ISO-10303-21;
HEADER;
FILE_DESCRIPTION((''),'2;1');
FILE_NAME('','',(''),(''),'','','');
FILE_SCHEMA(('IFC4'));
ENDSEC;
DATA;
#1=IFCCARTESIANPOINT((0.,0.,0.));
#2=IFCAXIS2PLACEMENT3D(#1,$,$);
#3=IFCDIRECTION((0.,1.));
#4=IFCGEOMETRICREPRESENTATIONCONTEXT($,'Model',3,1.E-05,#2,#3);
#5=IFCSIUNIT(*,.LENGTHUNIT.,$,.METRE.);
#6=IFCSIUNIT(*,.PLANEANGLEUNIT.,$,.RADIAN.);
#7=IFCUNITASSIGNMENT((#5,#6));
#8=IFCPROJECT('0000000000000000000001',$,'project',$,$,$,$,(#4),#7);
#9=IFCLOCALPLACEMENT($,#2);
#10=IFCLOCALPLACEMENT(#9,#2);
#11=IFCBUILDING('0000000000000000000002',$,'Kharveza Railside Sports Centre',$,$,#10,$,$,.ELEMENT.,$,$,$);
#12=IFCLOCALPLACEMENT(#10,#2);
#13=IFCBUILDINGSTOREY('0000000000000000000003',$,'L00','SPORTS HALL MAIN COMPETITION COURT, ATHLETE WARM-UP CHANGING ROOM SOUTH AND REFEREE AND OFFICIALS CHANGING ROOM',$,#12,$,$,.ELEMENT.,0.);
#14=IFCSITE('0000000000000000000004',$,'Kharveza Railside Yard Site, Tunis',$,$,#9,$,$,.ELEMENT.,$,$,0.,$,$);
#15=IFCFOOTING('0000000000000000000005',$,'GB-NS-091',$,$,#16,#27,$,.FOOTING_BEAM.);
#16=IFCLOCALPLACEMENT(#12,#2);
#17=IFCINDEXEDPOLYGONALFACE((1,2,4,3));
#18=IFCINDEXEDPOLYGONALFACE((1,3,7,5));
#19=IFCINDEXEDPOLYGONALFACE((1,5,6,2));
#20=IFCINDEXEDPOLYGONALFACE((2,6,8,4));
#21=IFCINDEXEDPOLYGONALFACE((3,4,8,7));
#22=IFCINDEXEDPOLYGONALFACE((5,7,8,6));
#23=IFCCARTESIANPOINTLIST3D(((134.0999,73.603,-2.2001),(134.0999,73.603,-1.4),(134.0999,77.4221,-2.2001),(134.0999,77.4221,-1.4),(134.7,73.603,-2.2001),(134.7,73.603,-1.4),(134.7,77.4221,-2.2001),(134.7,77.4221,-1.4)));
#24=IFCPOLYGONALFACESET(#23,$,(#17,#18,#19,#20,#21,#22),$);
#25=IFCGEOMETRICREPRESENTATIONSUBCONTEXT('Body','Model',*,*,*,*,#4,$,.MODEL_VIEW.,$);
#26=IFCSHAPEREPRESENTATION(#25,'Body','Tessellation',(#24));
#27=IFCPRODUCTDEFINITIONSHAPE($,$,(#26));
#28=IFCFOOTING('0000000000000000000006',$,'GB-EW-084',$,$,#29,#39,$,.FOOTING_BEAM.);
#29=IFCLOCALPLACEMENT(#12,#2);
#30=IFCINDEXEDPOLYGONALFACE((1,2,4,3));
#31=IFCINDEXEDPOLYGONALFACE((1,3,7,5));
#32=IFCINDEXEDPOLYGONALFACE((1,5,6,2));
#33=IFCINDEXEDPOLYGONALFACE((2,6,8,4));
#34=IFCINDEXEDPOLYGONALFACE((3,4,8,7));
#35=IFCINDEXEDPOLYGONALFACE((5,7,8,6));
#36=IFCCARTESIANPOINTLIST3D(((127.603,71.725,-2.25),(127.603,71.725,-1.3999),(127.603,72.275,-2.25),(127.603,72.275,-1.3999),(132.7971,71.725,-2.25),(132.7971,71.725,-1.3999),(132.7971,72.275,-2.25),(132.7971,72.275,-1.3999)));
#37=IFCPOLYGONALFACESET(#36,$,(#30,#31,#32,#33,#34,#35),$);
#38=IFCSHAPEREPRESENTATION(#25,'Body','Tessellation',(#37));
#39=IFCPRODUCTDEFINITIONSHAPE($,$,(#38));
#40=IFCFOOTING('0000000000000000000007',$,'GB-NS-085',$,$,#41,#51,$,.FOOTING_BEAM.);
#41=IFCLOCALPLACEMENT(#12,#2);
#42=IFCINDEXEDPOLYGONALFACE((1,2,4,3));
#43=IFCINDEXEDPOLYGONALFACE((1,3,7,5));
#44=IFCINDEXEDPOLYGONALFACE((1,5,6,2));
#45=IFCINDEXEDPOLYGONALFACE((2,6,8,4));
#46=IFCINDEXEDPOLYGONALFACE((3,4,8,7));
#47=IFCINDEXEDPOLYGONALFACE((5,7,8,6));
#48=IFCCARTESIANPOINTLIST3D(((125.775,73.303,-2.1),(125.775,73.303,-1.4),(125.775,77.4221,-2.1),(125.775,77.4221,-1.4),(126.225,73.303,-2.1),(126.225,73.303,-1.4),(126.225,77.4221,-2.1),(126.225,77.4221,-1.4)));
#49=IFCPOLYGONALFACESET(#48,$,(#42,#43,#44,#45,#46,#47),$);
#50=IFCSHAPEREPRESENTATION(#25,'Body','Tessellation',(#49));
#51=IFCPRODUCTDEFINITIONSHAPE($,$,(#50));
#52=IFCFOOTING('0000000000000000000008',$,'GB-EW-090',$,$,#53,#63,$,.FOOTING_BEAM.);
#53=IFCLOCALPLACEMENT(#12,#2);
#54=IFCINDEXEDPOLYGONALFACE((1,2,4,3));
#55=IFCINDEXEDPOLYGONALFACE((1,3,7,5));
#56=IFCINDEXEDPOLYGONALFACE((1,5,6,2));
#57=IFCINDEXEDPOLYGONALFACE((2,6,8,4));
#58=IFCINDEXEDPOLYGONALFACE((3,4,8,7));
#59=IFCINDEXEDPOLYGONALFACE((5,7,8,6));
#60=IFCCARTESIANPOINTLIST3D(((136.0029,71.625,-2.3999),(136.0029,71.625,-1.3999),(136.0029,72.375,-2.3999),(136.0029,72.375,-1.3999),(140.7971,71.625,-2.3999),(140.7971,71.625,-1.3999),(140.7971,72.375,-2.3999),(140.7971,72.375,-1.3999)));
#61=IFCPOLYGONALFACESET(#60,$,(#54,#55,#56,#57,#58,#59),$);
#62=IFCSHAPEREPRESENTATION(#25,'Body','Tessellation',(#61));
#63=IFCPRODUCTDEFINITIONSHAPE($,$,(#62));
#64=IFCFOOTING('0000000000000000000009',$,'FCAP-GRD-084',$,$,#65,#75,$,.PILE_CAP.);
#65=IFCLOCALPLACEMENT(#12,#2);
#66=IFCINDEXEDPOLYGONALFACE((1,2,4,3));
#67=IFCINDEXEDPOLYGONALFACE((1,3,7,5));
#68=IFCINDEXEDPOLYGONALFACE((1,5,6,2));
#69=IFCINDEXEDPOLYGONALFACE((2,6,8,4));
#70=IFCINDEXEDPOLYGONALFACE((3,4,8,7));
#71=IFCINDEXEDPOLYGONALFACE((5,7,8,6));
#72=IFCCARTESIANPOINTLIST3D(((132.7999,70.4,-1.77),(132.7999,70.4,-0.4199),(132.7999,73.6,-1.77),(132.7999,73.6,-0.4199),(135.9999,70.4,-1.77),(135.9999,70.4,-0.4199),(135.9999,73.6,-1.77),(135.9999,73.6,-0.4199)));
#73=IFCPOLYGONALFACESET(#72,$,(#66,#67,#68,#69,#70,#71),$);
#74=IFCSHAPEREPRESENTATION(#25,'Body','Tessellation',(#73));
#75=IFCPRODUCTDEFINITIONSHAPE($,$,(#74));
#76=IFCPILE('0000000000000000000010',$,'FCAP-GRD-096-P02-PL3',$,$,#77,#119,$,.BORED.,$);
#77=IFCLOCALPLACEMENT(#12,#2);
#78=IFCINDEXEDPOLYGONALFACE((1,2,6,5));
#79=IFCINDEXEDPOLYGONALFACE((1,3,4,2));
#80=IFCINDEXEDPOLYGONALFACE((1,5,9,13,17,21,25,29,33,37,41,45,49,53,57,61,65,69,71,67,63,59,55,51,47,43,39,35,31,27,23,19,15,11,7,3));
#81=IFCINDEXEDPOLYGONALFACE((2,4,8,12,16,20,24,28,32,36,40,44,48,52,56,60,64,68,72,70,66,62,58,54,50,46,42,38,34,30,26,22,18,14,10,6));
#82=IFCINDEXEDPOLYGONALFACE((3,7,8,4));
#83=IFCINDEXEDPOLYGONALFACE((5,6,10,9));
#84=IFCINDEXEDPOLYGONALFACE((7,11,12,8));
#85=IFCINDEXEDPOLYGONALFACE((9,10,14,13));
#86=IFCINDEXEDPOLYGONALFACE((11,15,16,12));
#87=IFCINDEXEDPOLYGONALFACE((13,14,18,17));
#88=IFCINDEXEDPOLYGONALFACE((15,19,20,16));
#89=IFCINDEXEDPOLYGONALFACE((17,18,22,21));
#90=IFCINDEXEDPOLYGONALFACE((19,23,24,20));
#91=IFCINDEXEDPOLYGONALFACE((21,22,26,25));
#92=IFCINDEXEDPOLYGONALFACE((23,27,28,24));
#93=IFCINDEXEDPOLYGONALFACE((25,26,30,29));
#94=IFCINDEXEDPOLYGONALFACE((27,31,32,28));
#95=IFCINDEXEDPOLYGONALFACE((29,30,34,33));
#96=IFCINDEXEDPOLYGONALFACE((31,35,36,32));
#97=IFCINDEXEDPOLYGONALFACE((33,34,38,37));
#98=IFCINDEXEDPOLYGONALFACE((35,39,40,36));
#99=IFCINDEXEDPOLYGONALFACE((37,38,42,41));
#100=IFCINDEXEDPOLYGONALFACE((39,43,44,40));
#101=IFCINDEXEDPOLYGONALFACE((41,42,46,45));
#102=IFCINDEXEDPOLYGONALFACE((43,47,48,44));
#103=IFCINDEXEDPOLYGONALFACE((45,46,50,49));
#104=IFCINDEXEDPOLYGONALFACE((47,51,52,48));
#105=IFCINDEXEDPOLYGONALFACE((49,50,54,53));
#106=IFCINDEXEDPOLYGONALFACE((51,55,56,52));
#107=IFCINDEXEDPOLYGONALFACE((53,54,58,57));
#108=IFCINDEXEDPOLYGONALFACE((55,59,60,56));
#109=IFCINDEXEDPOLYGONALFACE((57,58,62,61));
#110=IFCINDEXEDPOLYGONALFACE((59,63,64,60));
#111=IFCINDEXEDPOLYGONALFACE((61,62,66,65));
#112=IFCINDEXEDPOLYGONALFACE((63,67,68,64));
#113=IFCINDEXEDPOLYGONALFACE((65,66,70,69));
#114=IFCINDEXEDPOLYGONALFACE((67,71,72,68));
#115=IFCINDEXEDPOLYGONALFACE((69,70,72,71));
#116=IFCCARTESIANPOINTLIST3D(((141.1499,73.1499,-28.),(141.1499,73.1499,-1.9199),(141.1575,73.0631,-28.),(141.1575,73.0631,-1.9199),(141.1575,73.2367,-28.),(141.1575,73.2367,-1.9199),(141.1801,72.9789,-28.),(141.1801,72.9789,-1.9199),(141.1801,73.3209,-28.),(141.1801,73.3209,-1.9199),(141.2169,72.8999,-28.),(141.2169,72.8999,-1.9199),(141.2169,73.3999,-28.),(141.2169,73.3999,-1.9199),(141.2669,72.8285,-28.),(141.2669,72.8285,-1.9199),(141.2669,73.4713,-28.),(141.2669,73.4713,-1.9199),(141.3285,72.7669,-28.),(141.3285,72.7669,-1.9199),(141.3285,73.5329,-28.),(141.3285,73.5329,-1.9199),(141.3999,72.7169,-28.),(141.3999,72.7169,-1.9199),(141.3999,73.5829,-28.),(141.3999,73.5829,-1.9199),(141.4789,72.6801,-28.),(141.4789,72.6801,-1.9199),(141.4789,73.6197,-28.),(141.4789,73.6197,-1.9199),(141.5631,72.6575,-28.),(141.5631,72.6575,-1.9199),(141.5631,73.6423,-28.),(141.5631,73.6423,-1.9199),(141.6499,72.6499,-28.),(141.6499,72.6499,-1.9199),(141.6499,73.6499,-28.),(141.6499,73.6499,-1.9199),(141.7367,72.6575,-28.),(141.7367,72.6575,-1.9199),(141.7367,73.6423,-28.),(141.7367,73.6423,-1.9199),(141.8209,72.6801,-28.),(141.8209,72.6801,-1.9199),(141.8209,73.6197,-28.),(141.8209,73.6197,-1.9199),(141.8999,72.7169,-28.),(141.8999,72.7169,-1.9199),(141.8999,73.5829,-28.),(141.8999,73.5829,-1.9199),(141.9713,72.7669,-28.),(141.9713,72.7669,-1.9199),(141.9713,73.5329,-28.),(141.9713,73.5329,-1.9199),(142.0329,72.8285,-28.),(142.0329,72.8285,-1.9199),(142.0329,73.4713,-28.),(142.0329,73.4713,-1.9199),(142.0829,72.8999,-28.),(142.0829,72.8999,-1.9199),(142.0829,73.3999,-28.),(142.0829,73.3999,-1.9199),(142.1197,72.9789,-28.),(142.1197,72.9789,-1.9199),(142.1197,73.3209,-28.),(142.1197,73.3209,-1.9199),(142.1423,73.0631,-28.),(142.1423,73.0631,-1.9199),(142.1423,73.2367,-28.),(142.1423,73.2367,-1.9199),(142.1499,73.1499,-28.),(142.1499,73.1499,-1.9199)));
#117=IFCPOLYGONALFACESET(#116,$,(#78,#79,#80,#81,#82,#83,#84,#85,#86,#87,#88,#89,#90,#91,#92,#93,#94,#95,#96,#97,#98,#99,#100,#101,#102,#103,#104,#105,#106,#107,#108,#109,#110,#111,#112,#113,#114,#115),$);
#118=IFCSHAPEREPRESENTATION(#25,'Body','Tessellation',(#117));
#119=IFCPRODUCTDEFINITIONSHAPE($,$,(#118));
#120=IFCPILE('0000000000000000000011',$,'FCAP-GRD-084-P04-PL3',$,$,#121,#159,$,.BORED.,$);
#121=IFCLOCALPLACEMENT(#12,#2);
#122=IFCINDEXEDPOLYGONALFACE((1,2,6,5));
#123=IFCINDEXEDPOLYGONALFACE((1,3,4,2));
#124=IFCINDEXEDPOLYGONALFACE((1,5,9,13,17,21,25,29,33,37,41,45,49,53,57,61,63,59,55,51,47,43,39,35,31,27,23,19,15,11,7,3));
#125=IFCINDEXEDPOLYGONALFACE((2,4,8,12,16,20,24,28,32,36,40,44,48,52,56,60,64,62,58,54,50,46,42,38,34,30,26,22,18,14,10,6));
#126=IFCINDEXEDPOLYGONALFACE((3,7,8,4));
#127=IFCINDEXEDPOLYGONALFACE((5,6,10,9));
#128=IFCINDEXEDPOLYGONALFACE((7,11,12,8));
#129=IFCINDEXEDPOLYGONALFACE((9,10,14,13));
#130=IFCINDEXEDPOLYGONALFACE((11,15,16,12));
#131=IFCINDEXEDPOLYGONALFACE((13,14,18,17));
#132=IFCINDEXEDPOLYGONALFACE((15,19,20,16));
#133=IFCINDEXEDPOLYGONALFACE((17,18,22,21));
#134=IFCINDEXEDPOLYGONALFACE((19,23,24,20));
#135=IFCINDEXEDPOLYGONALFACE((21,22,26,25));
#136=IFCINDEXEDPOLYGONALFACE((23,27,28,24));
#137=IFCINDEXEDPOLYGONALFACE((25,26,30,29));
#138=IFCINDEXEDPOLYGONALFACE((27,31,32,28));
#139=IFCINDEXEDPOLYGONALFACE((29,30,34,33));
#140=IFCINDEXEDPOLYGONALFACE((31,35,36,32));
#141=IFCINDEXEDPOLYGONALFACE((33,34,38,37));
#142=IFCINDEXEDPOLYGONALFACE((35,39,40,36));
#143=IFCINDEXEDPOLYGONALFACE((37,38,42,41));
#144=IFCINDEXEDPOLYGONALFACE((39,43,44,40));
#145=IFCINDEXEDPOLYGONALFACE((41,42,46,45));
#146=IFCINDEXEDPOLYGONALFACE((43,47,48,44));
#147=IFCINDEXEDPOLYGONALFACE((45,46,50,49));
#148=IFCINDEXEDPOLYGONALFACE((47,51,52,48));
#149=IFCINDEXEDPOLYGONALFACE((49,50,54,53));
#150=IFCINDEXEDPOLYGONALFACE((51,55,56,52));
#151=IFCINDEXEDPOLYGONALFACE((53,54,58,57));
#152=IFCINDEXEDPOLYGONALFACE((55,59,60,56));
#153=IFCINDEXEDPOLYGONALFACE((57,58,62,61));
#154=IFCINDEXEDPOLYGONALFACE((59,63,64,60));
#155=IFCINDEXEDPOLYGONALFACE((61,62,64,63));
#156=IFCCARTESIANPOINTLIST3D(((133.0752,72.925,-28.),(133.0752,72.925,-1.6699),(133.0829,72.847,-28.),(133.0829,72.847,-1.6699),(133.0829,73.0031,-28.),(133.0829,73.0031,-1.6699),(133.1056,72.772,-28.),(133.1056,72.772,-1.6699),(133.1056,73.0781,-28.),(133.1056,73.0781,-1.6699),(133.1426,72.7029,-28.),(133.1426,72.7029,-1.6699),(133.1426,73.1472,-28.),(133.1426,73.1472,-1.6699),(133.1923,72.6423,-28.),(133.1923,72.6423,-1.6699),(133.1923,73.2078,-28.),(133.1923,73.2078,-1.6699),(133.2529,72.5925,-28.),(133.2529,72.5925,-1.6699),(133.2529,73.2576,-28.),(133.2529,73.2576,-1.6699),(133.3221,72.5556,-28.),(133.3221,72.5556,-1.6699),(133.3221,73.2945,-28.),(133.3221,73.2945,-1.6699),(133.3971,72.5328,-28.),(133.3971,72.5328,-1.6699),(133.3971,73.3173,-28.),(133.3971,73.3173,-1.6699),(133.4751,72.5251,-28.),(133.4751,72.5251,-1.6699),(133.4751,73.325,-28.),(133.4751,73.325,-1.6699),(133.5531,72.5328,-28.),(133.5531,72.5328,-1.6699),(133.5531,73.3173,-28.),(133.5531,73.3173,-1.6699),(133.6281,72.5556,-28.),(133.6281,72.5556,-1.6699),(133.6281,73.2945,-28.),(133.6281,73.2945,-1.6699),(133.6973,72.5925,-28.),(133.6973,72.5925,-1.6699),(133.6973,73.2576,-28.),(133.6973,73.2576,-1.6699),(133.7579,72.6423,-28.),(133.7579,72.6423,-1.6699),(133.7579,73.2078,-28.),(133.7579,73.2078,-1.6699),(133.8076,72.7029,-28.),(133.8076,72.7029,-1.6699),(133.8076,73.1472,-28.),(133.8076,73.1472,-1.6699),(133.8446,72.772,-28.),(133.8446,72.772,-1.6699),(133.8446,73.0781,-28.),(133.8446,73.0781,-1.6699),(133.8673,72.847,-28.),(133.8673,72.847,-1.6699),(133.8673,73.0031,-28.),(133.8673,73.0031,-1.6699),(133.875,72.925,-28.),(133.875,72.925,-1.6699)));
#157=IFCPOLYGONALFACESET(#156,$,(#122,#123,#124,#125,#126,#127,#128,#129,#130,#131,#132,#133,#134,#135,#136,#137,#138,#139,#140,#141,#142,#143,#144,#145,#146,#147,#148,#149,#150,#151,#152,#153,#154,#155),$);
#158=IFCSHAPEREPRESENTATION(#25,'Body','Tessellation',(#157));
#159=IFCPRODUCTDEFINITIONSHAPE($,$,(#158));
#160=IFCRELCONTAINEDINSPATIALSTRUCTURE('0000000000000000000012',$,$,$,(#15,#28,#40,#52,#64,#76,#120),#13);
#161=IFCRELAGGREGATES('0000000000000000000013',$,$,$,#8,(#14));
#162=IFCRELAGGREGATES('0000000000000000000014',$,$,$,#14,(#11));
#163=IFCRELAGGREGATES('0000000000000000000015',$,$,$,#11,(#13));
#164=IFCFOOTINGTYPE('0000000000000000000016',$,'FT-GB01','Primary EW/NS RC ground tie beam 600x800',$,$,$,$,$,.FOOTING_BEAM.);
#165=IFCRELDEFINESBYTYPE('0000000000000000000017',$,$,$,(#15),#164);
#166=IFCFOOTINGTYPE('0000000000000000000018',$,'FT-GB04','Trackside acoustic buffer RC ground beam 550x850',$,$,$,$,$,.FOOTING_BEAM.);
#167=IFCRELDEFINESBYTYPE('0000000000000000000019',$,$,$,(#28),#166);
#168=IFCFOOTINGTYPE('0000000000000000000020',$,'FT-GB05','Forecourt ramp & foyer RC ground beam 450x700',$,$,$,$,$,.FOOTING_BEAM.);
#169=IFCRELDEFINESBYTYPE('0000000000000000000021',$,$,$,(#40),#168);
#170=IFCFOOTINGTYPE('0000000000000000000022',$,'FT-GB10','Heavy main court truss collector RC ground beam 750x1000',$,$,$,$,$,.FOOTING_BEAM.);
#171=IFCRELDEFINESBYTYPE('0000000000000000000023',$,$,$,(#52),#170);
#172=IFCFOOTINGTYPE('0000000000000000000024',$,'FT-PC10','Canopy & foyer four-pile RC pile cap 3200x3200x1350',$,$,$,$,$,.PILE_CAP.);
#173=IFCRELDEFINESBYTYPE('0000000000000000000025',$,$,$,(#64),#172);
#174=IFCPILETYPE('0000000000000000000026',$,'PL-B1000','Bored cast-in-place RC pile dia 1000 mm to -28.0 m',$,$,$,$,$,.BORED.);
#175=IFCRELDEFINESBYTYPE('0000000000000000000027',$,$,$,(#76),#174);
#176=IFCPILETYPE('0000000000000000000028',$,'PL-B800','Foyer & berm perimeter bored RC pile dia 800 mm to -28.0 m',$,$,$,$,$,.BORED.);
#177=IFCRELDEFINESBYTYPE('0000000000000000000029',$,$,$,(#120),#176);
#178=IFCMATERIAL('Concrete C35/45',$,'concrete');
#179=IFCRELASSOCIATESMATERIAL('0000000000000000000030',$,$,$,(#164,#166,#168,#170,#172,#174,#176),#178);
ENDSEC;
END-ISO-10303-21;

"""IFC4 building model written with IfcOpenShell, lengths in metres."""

from ifc_helpers import new_model, si_unit, direction, frame, origin, origin_2d, place, context, subcontext, project, spatial, rectangle, circle, extrude, material, material_profile, profile_set, type_object, element, save


model = new_model("IFC4")

# Units and contexts
model_context = context("Model", 3, precision=1e-05, world=origin(), true_north=direction((0.0, 1.0)))
body_context = subcontext(model_context, "Body", "Model", "MODEL_VIEW")
ifc_project = project(units=[si_unit("LENGTHUNIT", "METRE"), si_unit("PLANEANGLEUNIT", "RADIAN")], contexts=[model_context])

# Site, building, storey
site_placement = place(None, origin())
site = spatial("IfcSite", under=ifc_project, at=site_placement, Name="Kharveza Railside Yard Site, Tunis", CompositionType="ELEMENT", RefElevation=0.0)
building_placement = place(site_placement, origin())
building = spatial("IfcBuilding", under=site, at=building_placement, Name="Kharveza Railside Sports Centre", CompositionType="ELEMENT")
storey_placement = place(building_placement, origin())
storey = spatial("IfcBuildingStorey", under=building, at=storey_placement, Name="L00", Description="SPORTS HALL MAIN COMPETITION COURT, ATHLETE WARM-UP CHANGING ROOM SOUTH AND REFEREE AND OFFICIALS CHANGING ROOM", CompositionType="ELEMENT", Elevation=0.0)

# Footings
ifc_material_1 = material(Name="Concrete C35/45", Category="concrete")
ifc_material_profile_1 = material_profile(ifc_material_1, rectangle(XDim=0.6001, YDim=0.8, at=origin_2d()), Name="GB 600x800")
ifc_profile_set_1 = profile_set([ifc_material_profile_1], Name="Concrete C35/45")
footing_type_1 = type_object("IfcFootingType", Name="FT-GB01", Description="Primary EW/NS RC ground tie beam 600x800", PredefinedType="FOOTING_BEAM", material=ifc_profile_set_1)
footing_1_placement = place(storey_placement, frame((134.3999, 73.603, -1.8), z_axis=(0.0, 1.0, 0.0), x_axis=(-1.0, 0.0, 0.0)))
element("IfcFooting", 1, at=footing_1_placement, inside=storey, type_object=footing_type_1, Name="GB-NS-091", PredefinedType="FOOTING_BEAM", context=body_context, shape_type="SweptSolid", body=[
    extrude(rectangle(XDim=0.6001, YDim=0.8, at=origin_2d()), origin(), (0.0, 0.0, 1.0), 3.8191),
])
ifc_material_profile_2 = material_profile(ifc_material_1, rectangle(XDim=0.55, YDim=0.8501, at=origin_2d()), Name="GB 550x850")
ifc_profile_set_2 = profile_set([ifc_material_profile_2], Name="Concrete C35/45")
footing_type_2 = type_object("IfcFootingType", Name="FT-GB04", Description="Trackside acoustic buffer RC ground beam 550x850", PredefinedType="FOOTING_BEAM", material=ifc_profile_set_2)
footing_2_placement = place(storey_placement, frame((127.603, 72.0, -1.825), z_axis=(1.0, 0.0, 0.0), x_axis=(0.0, 1.0, 0.0)))
element("IfcFooting", 2, at=footing_2_placement, inside=storey, type_object=footing_type_2, Name="GB-EW-084", PredefinedType="FOOTING_BEAM", context=body_context, shape_type="SweptSolid", body=[
    extrude(rectangle(XDim=0.55, YDim=0.8501, at=origin_2d()), origin(), (0.0, 0.0, 1.0), 5.1941),
])
ifc_material_profile_3 = material_profile(ifc_material_1, rectangle(XDim=0.45, YDim=0.7, at=origin_2d()), Name="GB 450x700")
ifc_profile_set_3 = profile_set([ifc_material_profile_3], Name="Concrete C35/45")
footing_type_3 = type_object("IfcFootingType", Name="FT-GB05", Description="Forecourt ramp & foyer RC ground beam 450x700", PredefinedType="FOOTING_BEAM", material=ifc_profile_set_3)
footing_3_placement = place(storey_placement, frame((126.0, 73.303, -1.75), z_axis=(0.0, 1.0, 0.0), x_axis=(-1.0, 0.0, 0.0)))
element("IfcFooting", 3, at=footing_3_placement, inside=storey, type_object=footing_type_3, Name="GB-NS-085", PredefinedType="FOOTING_BEAM", context=body_context, shape_type="SweptSolid", body=[
    extrude(rectangle(XDim=0.45, YDim=0.7, at=origin_2d()), origin(), (0.0, 0.0, 1.0), 4.1191),
])
ifc_material_profile_4 = material_profile(ifc_material_1, rectangle(XDim=0.75, YDim=1.0, at=origin_2d()), Name="GB 750x1000")
ifc_profile_set_4 = profile_set([ifc_material_profile_4], Name="Concrete C35/45")
footing_type_4 = type_object("IfcFootingType", Name="FT-GB10", Description="Heavy main court truss collector RC ground beam 750x1000", PredefinedType="FOOTING_BEAM", material=ifc_profile_set_4)
footing_4_placement = place(storey_placement, frame((136.0029, 72.0, -1.8999), z_axis=(1.0, 0.0, 0.0), x_axis=(0.0, 1.0, 0.0)))
element("IfcFooting", 4, at=footing_4_placement, inside=storey, type_object=footing_type_4, Name="GB-EW-090", PredefinedType="FOOTING_BEAM", context=body_context, shape_type="SweptSolid", body=[
    extrude(rectangle(XDim=0.75, YDim=1.0, at=origin_2d()), origin(), (0.0, 0.0, 1.0), 4.7942),
])
footing_type_5 = type_object("IfcFootingType", Name="FT-PC10", Description="Canopy & foyer four-pile RC pile cap 3200x3200x1350", PredefinedType="PILE_CAP", material=ifc_material_1)
footing_5_placement = place(storey_placement, frame((134.3999, 72.0, -1.77), z_axis=(0.0, 0.0, 1.0), x_axis=(1.0, 0.0, 0.0)))
element("IfcFooting", 5, at=footing_5_placement, inside=storey, type_object=footing_type_5, Name="FCAP-GRD-084", PredefinedType="PILE_CAP", context=body_context, shape_type="SweptSolid", body=[
    extrude(rectangle(XDim=3.2, YDim=3.2, at=origin_2d()), origin(), (0.0, 0.0, 1.0), 1.3501),
])

# Piles
ifc_material_profile_5 = material_profile(ifc_material_1, circle(Radius=0.5, at=origin_2d()), Name="PILE D1000")
ifc_profile_set_5 = profile_set([ifc_material_profile_5], Name="Concrete C35/45")
pile_type_1 = type_object("IfcPileType", Name="PL-B1000", Description="Bored cast-in-place RC pile dia 1000 mm to -28.0 m", PredefinedType="BORED", material=ifc_profile_set_5)
pile_1_placement = place(storey_placement, frame((141.6499, 73.1499, -1.9199), z_axis=(0.0, 0.0, -1.0), x_axis=(1.0, 0.0, 0.0)))
element("IfcPile", 6, at=pile_1_placement, inside=storey, type_object=pile_type_1, Name="FCAP-GRD-096-P02-PL3", PredefinedType="BORED", context=body_context, shape_type="SweptSolid", body=[
    extrude(circle(Radius=0.5, at=origin_2d()), origin(), (0.0, 0.0, 1.0), 26.0801),
])
ifc_material_profile_6 = material_profile(ifc_material_1, circle(Radius=0.3999, at=origin_2d()), Name="PILE D800")
ifc_profile_set_6 = profile_set([ifc_material_profile_6], Name="Concrete C35/45")
pile_type_2 = type_object("IfcPileType", Name="PL-B800", Description="Foyer & berm perimeter bored RC pile dia 800 mm to -28.0 m", PredefinedType="BORED", material=ifc_profile_set_6)
for number, where, z_axis, x_axis, name in (
    (7, (133.4751, 72.925, -1.6699), (0.0, 0.0, -1.0), (1.0, 0.0, 0.0), "FCAP-GRD-084-P04-PL3"),
):
    element("IfcPile", number, at=place(storey_placement, frame(where, z_axis=z_axis, x_axis=x_axis)), inside=storey, type_object=pile_type_2, Name=name, PredefinedType="BORED", context=body_context, shape_type="SweptSolid", body=[
        extrude(circle(Radius=0.3999, at=origin_2d()), origin(), (0.0, 0.0, 1.0), 26.3301),
    ])

save(model, "model.ifc")
